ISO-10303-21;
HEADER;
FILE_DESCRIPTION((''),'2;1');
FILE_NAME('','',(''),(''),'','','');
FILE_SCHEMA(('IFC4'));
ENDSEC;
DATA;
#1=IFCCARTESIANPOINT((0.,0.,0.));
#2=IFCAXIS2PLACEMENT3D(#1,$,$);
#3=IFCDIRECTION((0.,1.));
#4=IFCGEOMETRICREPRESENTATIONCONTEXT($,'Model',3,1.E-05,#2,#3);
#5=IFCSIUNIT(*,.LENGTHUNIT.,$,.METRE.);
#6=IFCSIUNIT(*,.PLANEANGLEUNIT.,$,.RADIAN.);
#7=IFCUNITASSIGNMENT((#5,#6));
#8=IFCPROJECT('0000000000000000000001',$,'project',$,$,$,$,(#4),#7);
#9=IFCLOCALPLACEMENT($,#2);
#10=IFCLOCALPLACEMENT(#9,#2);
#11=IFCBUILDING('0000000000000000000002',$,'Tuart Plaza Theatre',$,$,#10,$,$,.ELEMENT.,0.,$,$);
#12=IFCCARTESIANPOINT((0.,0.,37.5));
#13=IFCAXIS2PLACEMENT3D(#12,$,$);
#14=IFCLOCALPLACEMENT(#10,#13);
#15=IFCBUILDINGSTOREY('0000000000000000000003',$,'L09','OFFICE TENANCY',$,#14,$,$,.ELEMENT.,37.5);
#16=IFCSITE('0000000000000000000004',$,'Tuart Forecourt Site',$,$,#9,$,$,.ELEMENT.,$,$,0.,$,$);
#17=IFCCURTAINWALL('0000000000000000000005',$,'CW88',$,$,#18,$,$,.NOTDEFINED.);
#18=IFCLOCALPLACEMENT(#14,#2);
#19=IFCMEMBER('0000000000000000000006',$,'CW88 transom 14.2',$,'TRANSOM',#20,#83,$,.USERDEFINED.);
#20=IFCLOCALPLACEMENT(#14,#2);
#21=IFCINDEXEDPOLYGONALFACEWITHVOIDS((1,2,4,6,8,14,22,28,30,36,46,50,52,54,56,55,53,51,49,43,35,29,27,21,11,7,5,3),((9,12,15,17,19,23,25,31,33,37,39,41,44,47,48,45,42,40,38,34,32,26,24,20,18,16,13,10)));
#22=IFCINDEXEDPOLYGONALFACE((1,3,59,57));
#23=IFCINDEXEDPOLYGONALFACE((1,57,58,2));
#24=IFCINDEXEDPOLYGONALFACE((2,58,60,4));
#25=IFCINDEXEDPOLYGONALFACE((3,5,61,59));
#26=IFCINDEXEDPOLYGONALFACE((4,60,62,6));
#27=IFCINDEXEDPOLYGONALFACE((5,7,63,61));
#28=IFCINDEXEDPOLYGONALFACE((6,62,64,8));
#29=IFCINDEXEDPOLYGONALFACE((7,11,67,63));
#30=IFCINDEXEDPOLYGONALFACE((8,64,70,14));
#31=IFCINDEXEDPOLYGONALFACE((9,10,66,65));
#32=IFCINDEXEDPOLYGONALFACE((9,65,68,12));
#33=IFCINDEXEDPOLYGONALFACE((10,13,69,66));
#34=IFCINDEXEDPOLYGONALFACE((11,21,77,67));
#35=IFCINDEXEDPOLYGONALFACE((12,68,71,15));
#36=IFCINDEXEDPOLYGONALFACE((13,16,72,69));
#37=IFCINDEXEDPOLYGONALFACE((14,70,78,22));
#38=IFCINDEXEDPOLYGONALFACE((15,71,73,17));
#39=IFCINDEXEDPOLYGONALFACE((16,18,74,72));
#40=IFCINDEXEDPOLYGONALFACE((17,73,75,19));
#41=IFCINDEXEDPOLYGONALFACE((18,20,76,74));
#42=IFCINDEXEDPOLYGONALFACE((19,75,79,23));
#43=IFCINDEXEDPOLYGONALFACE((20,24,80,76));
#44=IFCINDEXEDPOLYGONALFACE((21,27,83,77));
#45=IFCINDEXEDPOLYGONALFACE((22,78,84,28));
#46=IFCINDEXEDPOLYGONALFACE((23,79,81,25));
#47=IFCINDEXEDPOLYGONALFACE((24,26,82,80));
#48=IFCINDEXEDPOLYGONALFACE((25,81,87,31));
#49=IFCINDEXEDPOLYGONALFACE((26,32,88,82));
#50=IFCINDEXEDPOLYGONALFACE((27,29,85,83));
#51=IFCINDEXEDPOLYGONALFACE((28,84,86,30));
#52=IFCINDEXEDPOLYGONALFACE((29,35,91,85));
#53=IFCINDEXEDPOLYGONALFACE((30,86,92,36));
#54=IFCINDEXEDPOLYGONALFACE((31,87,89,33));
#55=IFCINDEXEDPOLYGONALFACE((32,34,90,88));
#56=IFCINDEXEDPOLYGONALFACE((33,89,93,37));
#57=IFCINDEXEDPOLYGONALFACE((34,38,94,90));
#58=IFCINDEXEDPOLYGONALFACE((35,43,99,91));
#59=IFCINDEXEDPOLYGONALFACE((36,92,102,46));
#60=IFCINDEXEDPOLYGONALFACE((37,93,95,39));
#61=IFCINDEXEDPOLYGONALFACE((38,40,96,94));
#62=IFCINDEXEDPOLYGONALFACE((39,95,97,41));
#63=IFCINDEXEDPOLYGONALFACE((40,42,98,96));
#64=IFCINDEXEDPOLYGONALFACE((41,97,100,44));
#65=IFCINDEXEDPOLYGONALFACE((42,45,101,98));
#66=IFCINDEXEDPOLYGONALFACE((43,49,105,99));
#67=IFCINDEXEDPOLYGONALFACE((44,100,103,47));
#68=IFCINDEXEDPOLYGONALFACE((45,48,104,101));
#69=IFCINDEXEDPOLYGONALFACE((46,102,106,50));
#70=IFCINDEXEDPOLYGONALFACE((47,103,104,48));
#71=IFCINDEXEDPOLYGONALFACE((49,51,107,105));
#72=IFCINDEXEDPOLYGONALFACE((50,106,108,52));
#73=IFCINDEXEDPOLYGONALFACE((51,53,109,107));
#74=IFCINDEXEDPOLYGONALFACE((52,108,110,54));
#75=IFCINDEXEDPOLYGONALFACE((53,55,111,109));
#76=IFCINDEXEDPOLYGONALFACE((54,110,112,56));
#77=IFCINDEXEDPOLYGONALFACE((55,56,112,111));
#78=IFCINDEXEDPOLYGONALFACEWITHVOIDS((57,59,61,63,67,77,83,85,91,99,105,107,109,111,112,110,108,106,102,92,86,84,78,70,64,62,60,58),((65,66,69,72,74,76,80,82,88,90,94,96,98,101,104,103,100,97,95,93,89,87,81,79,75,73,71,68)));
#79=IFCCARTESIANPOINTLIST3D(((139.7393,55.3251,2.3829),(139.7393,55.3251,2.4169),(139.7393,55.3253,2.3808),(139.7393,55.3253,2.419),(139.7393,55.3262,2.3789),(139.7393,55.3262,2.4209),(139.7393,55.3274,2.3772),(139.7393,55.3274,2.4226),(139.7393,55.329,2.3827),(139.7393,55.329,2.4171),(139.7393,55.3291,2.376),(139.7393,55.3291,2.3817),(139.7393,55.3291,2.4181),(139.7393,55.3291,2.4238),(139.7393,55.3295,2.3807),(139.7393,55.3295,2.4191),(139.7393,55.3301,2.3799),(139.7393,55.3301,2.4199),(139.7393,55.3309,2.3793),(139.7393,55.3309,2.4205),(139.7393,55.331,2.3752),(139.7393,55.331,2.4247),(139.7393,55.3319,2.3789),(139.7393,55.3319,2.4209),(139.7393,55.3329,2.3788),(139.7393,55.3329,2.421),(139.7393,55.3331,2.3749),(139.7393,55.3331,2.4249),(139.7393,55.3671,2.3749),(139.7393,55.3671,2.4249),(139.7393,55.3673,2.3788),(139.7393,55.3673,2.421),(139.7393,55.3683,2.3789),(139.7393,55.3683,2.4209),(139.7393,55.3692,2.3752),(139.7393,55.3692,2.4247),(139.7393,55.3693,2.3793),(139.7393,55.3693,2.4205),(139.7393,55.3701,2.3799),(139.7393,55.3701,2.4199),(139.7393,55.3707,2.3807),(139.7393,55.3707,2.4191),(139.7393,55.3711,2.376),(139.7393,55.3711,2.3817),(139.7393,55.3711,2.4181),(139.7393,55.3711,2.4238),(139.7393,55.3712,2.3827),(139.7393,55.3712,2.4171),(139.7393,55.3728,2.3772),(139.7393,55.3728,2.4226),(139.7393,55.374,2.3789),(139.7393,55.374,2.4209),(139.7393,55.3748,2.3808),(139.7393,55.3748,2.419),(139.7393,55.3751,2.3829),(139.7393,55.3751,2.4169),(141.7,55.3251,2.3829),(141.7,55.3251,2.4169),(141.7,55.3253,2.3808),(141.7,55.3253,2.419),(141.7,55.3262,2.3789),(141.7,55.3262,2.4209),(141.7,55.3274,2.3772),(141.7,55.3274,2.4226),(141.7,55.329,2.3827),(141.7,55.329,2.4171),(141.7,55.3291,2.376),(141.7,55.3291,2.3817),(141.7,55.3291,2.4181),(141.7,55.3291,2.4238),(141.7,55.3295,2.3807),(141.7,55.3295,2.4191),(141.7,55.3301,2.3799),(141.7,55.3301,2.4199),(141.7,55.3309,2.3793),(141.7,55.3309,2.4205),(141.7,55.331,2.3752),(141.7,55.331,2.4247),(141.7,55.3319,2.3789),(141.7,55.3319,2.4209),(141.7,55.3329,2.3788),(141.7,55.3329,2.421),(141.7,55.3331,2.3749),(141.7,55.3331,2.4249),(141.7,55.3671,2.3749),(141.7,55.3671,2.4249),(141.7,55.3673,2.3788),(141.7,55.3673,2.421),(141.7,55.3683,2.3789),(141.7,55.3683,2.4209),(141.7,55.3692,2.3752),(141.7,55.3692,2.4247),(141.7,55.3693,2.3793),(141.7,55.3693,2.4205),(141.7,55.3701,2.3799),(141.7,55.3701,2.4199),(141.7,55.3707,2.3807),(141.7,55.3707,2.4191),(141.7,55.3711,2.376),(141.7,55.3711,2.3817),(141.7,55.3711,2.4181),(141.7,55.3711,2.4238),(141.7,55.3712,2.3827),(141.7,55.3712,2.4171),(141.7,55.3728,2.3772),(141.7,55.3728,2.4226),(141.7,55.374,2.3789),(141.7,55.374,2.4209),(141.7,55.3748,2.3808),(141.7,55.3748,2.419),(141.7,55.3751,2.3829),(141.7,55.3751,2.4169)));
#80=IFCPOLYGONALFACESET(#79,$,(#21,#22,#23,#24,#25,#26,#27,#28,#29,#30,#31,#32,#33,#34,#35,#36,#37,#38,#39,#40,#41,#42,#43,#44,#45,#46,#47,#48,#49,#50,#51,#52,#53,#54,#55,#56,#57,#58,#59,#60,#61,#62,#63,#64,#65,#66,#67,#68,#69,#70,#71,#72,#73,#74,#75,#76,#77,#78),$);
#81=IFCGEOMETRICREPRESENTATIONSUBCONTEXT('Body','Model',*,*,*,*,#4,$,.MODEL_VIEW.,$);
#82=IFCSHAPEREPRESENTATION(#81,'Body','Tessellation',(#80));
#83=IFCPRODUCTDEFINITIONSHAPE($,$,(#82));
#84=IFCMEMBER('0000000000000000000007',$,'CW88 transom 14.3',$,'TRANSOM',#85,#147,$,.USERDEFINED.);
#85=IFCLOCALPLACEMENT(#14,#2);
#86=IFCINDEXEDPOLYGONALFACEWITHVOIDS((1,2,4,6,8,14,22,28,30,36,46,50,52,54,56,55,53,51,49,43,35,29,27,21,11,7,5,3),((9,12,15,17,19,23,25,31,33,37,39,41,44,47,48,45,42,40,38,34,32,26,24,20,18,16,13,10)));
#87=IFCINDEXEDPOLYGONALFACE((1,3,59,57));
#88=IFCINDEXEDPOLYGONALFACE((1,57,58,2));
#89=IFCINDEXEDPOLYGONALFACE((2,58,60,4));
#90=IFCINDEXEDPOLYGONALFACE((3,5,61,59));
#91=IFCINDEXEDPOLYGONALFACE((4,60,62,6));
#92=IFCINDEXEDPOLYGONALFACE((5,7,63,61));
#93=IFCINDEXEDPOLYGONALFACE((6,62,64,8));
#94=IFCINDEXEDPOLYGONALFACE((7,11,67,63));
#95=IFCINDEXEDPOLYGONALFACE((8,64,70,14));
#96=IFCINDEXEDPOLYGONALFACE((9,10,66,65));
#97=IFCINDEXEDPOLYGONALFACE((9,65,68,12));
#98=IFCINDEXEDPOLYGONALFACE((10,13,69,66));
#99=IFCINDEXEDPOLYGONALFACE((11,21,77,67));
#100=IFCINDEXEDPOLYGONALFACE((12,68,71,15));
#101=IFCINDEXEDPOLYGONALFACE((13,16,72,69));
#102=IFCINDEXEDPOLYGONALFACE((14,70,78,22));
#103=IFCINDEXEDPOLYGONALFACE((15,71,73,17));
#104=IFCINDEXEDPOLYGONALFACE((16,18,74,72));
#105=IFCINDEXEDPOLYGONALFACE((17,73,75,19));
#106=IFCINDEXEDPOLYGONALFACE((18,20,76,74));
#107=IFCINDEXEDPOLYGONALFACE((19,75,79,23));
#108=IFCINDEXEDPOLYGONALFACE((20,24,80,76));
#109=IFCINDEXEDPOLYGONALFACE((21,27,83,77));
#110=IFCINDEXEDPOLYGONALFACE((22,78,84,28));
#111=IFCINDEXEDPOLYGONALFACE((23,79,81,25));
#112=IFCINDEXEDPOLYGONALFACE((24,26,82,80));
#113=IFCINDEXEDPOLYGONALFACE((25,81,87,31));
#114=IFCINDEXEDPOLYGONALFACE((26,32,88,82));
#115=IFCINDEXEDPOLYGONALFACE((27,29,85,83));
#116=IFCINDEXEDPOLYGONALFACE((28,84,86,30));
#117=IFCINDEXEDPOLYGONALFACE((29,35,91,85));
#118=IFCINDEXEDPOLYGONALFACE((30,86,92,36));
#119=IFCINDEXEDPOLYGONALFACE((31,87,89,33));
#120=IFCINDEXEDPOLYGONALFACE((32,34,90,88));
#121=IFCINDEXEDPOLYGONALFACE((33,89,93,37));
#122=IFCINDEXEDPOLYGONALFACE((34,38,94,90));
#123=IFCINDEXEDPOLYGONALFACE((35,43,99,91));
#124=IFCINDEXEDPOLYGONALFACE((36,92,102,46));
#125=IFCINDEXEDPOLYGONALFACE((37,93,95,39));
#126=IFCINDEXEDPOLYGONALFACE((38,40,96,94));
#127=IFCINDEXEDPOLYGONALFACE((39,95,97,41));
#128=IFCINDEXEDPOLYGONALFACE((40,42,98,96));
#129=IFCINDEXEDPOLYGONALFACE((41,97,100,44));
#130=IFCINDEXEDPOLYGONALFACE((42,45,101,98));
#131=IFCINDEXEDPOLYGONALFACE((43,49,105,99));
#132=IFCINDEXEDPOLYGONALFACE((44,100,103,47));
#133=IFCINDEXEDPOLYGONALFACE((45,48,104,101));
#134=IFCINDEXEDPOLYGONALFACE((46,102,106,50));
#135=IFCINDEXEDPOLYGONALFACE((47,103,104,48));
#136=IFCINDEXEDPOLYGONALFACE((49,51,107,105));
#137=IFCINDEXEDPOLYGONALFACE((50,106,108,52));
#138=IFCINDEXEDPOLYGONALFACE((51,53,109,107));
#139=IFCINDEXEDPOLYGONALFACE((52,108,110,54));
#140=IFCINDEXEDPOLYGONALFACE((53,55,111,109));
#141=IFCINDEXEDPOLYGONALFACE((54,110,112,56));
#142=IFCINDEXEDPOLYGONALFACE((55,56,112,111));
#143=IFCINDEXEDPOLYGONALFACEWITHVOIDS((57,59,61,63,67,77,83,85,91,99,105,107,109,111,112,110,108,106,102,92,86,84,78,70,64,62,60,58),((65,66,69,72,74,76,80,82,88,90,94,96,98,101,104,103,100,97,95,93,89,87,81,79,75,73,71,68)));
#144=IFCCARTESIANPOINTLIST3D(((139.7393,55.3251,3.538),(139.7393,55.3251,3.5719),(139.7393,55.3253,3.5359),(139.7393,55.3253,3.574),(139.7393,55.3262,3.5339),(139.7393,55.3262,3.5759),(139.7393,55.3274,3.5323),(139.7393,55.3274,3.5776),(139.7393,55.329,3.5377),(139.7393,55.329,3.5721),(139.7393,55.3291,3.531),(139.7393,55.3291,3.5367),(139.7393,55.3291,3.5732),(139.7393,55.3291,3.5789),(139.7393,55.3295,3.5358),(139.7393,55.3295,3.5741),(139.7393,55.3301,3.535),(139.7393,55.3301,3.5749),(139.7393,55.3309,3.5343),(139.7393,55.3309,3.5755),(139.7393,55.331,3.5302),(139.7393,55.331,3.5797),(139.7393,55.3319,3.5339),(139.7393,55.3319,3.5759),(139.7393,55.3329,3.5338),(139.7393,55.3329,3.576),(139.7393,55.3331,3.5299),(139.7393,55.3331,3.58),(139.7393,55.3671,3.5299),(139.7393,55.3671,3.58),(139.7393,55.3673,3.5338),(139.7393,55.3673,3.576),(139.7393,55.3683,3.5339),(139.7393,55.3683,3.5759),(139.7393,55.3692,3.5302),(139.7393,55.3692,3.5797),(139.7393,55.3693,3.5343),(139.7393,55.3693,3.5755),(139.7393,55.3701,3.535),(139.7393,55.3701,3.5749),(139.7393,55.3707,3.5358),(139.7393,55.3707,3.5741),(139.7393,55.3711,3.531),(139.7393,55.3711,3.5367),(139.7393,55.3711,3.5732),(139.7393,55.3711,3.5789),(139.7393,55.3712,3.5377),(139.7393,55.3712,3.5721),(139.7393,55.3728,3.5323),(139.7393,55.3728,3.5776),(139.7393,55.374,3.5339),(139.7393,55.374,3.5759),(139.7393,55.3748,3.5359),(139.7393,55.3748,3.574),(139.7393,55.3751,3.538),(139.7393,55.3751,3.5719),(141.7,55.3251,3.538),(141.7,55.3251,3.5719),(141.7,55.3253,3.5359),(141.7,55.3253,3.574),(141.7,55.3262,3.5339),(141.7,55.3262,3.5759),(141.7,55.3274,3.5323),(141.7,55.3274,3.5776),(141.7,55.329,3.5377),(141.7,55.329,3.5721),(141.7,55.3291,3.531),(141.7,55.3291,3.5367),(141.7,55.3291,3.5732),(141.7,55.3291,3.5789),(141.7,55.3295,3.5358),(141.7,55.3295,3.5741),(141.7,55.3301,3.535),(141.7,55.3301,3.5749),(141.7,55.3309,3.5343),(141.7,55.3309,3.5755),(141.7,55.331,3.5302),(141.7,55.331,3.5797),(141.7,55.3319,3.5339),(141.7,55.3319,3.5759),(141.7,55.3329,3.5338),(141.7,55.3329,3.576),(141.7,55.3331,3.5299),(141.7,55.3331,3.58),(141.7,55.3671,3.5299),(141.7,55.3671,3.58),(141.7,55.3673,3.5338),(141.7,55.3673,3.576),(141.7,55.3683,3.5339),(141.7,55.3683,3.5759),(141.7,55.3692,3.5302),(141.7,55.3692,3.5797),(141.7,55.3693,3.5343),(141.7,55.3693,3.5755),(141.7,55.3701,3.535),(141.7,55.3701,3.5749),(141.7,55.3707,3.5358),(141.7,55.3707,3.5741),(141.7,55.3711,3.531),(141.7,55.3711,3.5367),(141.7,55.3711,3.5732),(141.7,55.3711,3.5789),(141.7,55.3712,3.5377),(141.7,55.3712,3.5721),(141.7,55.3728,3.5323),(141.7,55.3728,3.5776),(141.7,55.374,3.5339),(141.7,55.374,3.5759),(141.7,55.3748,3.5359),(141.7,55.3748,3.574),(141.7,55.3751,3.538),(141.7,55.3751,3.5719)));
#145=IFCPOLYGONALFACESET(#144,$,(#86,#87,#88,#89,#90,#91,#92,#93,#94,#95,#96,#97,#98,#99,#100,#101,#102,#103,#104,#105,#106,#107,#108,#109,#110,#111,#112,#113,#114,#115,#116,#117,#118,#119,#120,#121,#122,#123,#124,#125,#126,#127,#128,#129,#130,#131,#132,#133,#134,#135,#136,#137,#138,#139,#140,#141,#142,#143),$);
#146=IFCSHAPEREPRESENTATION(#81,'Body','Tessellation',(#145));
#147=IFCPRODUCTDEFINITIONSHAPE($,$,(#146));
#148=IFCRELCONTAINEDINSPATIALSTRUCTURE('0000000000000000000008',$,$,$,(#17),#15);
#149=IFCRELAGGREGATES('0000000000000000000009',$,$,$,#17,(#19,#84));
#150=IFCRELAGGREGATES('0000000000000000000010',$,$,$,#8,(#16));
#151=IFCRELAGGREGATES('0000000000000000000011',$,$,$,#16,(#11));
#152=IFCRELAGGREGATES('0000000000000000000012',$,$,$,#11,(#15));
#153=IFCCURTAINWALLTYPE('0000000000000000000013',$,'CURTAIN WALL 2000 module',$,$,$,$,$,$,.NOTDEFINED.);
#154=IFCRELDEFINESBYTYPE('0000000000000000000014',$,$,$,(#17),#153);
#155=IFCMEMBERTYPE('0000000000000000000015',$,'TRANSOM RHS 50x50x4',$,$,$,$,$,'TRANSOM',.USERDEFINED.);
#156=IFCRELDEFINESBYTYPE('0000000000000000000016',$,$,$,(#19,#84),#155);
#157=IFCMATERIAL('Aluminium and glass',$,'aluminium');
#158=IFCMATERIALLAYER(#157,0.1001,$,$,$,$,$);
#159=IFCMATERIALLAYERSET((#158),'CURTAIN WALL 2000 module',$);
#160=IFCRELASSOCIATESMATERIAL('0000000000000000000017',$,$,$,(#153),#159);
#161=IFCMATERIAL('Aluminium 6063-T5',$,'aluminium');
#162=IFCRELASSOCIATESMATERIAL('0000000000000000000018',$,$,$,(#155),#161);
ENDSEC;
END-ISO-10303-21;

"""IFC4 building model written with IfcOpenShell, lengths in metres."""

from ifc_helpers import new_model, si_unit, direction, frame, origin, origin_2d, place, context, subcontext, project, spatial, hollow_rectangle, extrude, material, layer, layer_set, material_profile, profile_set, type_object, element, aggregate, save


model = new_model("IFC4")

# Units and contexts
model_context = context("Model", 3, precision=1e-05, world=origin(), true_north=direction((0.0, 1.0)))
body_context = subcontext(model_context, "Body", "Model", "MODEL_VIEW")
ifc_project = project(units=[si_unit("LENGTHUNIT", "METRE"), si_unit("PLANEANGLEUNIT", "RADIAN")], contexts=[model_context])

# Site, building, storey
site_placement = place(None, origin())
site = spatial("IfcSite", under=ifc_project, at=site_placement, Name="Tuart Forecourt Site", CompositionType="ELEMENT", RefElevation=0.0)
building_placement = place(site_placement, origin())
building = spatial("IfcBuilding", under=site, at=building_placement, Name="Tuart Plaza Theatre", CompositionType="ELEMENT", ElevationOfRefHeight=0.0)
storey_placement = place(building_placement, frame((0.0, 0.0, 37.5)))
storey = spatial("IfcBuildingStorey", under=building, at=storey_placement, Name="L09", Description="OFFICE TENANCY", CompositionType="ELEMENT", Elevation=37.5)

# Curtain wall
ifc_material_1 = material(Name="Aluminium and glass", Category="aluminium")
ifc_layer_1 = layer(ifc_material_1, 0.1001)
ifc_layer_set_1 = layer_set([ifc_layer_1], Name="CURTAIN WALL 2000 module")
curtain_wall_type = type_object("IfcCurtainWallType", Name="CURTAIN WALL 2000 module", PredefinedType="NOTDEFINED", material=ifc_layer_set_1)
curtain_wall_1_placement = place(storey_placement, origin())
curtain_wall_1 = element("IfcCurtainWall", 1, at=curtain_wall_1_placement, inside=storey, type_object=curtain_wall_type, Name="CW88", PredefinedType="NOTDEFINED")

# Members
ifc_material_2 = material(Name="Aluminium 6063-T5", Category="aluminium")
ifc_material_profile_1 = material_profile(ifc_material_2, hollow_rectangle(XDim=0.05, YDim=0.05, WallThickness=0.0039, InnerFilletRadius=0.0039, OuterFilletRadius=0.0081, at=origin_2d()), Name="RHS 50x50x4")
ifc_profile_set_1 = profile_set([ifc_material_profile_1], Name="Aluminium 6063-T5")
member_type_1 = type_object("IfcMemberType", Name="TRANSOM RHS 50x50x4", ElementType="TRANSOM", PredefinedType="USERDEFINED", material=ifc_profile_set_1)
member_1_placement = place(storey_placement, frame((139.7393, 55.3501, 2.3999), z_axis=(1.0, 0.0, 0.0), x_axis=(0.0, 1.0, 0.0)))
member_1 = element("IfcMember", 2, at=member_1_placement, type_object=member_type_1, Name="CW88 transom 14.2", ObjectType="TRANSOM", PredefinedType="USERDEFINED", context=body_context, shape_type="SweptSolid", body=[
    extrude(hollow_rectangle(XDim=0.05, YDim=0.05, WallThickness=0.0039, InnerFilletRadius=0.0039, OuterFilletRadius=0.0081, at=origin_2d()), origin(), (0.0, 0.0, 1.0), 1.9607),
])
member_2_placement = place(storey_placement, frame((139.7393, 55.3501, 3.5549), z_axis=(1.0, 0.0, 0.0), x_axis=(0.0, 1.0, 0.0)))
member_2 = element("IfcMember", 3, at=member_2_placement, type_object=member_type_1, Name="CW88 transom 14.3", ObjectType="TRANSOM", PredefinedType="USERDEFINED", context=body_context, shape_type="SweptSolid", body=[
    extrude(hollow_rectangle(XDim=0.05, YDim=0.05, WallThickness=0.0039, InnerFilletRadius=0.0039, OuterFilletRadius=0.0081, at=origin_2d()), origin(), (0.0, 0.0, 1.0), 1.9607),
])

aggregate(curtain_wall_1, [member_1, member_2])

save(model, "model.ifc")
